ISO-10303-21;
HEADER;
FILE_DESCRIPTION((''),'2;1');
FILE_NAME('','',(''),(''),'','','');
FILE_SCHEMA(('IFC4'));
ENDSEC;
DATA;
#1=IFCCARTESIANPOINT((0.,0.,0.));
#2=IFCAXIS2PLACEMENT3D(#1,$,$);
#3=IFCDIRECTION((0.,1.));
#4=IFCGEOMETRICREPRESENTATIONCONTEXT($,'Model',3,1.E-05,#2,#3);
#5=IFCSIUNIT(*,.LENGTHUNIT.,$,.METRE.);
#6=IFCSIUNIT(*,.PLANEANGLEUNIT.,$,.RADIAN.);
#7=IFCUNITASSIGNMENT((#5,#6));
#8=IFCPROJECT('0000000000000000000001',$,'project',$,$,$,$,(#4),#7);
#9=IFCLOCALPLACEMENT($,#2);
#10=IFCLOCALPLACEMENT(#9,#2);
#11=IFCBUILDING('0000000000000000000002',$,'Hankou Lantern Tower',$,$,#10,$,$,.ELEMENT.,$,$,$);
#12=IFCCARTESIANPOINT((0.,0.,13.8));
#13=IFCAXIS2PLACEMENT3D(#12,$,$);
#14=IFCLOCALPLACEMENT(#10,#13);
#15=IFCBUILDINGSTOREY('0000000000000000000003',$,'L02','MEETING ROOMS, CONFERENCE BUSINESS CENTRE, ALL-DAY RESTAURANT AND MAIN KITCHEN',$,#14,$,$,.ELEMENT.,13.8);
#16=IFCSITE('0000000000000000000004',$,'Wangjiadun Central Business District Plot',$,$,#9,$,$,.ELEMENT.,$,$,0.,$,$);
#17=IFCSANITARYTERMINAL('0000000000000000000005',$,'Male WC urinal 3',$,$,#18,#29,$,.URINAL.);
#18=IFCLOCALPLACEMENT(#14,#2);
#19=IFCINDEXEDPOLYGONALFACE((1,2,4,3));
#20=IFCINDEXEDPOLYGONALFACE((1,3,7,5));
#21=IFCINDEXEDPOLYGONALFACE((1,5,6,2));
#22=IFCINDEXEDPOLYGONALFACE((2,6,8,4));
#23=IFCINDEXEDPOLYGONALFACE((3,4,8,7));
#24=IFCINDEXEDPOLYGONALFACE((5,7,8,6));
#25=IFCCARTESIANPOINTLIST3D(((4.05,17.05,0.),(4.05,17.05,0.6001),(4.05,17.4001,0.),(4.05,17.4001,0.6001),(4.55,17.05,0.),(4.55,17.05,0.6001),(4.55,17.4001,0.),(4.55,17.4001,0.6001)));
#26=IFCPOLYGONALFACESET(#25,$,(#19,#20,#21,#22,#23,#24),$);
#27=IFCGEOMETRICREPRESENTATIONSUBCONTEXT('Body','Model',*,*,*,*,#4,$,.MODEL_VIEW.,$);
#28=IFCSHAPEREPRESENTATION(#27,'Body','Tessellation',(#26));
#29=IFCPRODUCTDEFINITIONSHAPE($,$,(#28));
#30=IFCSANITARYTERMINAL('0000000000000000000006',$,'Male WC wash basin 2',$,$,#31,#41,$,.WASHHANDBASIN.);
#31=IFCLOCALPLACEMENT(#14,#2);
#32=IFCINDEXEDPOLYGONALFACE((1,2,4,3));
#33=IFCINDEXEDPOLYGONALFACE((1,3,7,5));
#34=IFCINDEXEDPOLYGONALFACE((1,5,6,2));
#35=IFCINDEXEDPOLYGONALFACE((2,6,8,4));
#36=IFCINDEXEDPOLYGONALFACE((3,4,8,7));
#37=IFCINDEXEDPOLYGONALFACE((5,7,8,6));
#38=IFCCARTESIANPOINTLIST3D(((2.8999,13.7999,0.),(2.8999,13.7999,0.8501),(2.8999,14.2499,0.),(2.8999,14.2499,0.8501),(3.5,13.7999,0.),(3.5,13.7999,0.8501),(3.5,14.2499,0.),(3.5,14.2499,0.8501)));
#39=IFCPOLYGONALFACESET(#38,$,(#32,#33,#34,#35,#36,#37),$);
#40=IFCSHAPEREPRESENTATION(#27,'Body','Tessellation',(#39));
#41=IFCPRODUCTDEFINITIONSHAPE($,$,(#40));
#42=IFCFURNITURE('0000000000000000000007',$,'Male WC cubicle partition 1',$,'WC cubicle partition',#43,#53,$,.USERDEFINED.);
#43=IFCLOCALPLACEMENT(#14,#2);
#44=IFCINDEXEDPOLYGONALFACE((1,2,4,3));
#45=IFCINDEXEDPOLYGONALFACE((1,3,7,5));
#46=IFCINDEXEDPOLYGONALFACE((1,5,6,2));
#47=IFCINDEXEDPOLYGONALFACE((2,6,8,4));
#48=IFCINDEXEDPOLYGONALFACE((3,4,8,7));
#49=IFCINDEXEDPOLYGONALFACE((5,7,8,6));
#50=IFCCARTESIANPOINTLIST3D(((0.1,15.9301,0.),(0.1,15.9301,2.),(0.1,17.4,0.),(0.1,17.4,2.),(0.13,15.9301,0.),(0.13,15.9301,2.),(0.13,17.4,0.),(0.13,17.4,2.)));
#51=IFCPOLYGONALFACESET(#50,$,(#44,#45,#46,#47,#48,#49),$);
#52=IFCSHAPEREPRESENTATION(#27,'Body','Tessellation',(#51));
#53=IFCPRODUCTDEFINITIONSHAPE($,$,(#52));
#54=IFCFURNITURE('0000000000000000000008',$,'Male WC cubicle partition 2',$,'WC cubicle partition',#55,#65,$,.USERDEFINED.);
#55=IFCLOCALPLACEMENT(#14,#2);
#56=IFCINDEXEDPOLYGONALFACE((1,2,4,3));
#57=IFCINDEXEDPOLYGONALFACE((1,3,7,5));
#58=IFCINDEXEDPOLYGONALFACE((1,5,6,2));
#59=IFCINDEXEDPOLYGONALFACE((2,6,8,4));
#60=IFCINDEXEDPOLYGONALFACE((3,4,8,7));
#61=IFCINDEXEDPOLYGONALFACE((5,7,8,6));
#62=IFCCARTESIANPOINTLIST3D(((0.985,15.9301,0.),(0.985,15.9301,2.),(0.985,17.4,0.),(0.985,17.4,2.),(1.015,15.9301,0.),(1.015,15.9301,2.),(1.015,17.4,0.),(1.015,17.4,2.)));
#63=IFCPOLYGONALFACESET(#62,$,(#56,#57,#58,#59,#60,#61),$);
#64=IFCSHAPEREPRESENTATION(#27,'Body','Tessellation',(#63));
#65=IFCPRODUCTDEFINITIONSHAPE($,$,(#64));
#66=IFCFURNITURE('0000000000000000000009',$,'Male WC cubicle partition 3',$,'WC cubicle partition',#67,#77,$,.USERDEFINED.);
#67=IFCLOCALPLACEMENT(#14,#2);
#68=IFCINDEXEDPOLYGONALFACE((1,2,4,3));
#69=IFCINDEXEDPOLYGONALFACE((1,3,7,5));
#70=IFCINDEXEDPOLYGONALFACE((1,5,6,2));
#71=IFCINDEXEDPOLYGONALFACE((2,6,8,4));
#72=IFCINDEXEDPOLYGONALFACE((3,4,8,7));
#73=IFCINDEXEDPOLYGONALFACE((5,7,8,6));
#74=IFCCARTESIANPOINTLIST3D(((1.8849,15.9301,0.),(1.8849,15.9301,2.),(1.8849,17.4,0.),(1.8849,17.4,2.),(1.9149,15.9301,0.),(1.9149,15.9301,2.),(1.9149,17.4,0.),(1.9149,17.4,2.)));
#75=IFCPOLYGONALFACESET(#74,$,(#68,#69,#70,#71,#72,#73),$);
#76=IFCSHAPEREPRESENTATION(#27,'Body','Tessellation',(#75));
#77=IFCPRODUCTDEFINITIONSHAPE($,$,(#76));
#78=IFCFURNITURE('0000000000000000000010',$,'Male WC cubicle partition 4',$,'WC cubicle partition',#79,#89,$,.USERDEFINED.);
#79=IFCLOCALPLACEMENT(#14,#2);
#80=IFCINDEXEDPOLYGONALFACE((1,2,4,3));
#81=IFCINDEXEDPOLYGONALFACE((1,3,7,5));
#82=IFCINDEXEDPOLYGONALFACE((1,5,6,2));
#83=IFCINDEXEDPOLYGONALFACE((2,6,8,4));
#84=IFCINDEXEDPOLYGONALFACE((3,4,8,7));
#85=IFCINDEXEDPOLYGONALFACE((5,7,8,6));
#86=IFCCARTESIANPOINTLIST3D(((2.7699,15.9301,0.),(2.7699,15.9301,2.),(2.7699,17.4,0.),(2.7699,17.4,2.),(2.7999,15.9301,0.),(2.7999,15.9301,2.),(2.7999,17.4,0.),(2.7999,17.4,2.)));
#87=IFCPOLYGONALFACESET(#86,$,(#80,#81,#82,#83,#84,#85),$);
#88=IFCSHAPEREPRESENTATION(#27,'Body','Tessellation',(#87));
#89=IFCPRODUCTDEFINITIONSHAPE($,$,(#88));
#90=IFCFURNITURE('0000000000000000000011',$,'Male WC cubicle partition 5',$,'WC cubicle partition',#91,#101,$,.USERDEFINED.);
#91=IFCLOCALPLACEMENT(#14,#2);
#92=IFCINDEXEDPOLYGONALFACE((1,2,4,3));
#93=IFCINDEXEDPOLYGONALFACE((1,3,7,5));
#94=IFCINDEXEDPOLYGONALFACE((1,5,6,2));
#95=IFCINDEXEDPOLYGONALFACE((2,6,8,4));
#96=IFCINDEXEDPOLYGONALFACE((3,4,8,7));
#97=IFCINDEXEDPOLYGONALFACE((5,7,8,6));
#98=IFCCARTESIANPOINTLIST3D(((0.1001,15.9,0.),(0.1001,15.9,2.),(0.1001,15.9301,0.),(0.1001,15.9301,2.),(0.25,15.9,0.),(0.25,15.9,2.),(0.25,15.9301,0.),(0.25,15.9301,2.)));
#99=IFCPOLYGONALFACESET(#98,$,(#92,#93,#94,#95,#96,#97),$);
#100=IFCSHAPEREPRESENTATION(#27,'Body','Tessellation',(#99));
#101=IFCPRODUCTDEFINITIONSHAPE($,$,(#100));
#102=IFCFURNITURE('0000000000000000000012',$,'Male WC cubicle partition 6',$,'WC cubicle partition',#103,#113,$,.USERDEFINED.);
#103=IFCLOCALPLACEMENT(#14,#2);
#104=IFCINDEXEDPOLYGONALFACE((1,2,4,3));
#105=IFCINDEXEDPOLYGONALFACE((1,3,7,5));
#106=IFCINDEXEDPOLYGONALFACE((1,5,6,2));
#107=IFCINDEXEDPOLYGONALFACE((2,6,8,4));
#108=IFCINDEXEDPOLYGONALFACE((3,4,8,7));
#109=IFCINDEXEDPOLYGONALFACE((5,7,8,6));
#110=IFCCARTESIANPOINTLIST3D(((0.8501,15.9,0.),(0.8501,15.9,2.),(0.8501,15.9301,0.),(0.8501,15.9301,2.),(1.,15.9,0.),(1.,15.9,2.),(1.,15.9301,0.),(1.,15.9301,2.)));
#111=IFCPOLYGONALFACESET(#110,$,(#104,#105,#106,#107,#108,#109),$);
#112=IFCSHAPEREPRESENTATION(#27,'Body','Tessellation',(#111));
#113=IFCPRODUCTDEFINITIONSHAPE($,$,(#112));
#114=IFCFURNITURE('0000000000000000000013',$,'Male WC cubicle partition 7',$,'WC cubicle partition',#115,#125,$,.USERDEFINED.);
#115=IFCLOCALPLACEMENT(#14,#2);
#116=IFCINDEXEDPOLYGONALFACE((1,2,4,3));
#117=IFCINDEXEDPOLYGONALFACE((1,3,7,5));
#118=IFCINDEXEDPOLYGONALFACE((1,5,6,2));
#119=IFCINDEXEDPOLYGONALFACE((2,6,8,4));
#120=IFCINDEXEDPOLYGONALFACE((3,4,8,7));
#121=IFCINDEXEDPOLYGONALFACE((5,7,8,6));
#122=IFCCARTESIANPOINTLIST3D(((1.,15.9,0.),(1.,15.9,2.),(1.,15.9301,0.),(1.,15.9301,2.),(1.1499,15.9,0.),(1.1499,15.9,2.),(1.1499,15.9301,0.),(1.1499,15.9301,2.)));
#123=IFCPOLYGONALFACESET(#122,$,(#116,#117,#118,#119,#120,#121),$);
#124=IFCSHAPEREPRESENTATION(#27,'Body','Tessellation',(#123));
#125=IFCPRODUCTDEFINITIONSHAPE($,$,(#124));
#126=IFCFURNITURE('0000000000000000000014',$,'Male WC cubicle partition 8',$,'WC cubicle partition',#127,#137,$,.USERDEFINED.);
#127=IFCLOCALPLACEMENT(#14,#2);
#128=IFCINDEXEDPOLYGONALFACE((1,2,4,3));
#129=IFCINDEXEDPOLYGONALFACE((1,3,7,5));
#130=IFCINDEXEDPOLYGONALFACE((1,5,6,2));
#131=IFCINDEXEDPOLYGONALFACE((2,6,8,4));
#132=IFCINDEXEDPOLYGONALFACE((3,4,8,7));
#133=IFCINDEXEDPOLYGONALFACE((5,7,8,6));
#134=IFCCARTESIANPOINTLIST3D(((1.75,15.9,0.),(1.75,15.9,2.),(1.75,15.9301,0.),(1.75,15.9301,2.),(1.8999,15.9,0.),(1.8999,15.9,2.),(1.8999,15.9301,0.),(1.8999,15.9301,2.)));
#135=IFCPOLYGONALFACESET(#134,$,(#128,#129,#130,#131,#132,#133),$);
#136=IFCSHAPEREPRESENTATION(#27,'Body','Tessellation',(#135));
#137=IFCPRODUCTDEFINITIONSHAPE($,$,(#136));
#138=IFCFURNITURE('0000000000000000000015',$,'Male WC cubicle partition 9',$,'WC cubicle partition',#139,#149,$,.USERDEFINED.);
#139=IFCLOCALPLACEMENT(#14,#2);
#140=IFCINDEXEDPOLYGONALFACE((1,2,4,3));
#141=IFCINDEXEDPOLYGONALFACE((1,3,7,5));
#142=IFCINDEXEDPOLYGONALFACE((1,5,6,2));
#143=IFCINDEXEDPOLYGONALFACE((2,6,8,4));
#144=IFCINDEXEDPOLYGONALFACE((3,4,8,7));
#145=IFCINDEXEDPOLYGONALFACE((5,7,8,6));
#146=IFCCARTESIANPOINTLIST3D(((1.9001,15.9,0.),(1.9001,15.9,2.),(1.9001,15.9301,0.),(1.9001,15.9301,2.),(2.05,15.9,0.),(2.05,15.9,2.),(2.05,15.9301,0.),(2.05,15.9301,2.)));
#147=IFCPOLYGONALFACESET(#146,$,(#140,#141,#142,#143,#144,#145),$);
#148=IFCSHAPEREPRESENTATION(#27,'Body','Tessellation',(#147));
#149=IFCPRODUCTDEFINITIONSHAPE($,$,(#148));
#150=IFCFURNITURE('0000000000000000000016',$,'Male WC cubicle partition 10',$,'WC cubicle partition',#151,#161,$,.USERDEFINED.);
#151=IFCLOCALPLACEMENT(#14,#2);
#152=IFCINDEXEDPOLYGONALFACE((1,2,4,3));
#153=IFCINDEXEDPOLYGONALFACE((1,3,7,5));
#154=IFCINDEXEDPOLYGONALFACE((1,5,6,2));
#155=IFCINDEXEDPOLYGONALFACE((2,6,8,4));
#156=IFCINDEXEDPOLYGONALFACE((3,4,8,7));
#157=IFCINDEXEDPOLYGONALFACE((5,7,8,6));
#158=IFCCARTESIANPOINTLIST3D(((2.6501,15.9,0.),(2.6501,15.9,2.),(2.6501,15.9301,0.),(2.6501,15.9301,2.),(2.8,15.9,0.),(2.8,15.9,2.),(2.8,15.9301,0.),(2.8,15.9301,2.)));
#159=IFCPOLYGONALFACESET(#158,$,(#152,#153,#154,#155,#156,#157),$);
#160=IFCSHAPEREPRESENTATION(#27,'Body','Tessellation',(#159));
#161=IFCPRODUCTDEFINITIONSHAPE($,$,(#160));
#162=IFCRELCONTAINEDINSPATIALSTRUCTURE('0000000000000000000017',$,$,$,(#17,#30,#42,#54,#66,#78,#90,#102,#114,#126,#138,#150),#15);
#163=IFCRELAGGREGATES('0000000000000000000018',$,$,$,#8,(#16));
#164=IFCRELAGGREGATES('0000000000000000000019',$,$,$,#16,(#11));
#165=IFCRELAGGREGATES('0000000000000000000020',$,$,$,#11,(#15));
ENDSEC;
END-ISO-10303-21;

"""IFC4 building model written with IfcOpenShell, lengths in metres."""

from ifc_helpers import new_model, si_unit, direction, frame, origin, origin_2d, place, context, subcontext, project, spatial, rectangle, extrude, element, save


model = new_model("IFC4")

# Units and contexts
model_context = context("Model", 3, precision=1e-05, world=origin(), true_north=direction((0.0, 1.0)))
body_context = subcontext(model_context, "Body", "Model", "MODEL_VIEW")
ifc_project = project(units=[si_unit("LENGTHUNIT", "METRE"), si_unit("PLANEANGLEUNIT", "RADIAN")], contexts=[model_context])

# Site, building, storey
site_placement = place(None, origin())
site = spatial("IfcSite", under=ifc_project, at=site_placement, Name="Wangjiadun Central Business District Plot", CompositionType="ELEMENT", RefElevation=0.0)
building_placement = place(site_placement, origin())
building = spatial("IfcBuilding", under=site, at=building_placement, Name="Hankou Lantern Tower", CompositionType="ELEMENT")
storey_placement = place(building_placement, frame((0.0, 0.0, 13.8)))
storey = spatial("IfcBuildingStorey", under=building, at=storey_placement, Name="L02", Description="MEETING ROOMS, CONFERENCE BUSINESS CENTRE, ALL-DAY RESTAURANT AND MAIN KITCHEN", CompositionType="ELEMENT", Elevation=13.8)

# Sanitary terminals
for number, where, z_axis, x_axis, name in (
    (1, (4.3, 17.2251, 0.0), (0.0, 0.0, 1.0), (1.0, 0.0, 0.0), "Male WC urinal 3"),
):
    element("IfcSanitaryTerminal", number, at=place(storey_placement, frame(where, z_axis=z_axis, x_axis=x_axis)), inside=storey, Name=name, PredefinedType="URINAL", context=body_context, shape_type="SweptSolid", body=[
        extrude(rectangle(XDim=0.5, YDim=0.3501, at=origin_2d()), origin(), (0.0, 0.0, 1.0), 0.6001),
    ])
sanitary_terminal_placement = place(storey_placement, frame((3.2, 14.0249, 0.0), z_axis=(0.0, 0.0, 1.0), x_axis=(1.0, 0.0, 0.0)))
element("IfcSanitaryTerminal", 2, at=sanitary_terminal_placement, inside=storey, Name="Male WC wash basin 2", PredefinedType="WASHHANDBASIN", context=body_context, shape_type="SweptSolid", body=[
    extrude(rectangle(XDim=0.6001, YDim=0.45, at=origin_2d()), origin(), (0.0, 0.0, 1.0), 0.8501),
])

# Furniture
for number, where, z_axis, x_axis, name in (
    (3, (0.115, 16.665, 0.0), (0.0, 0.0, 1.0), (1.0, 0.0, 0.0), "Male WC cubicle partition 1"),
    (4, (1.0, 16.665, 0.0), (0.0, 0.0, 1.0), (1.0, 0.0, 0.0), "Male WC cubicle partition 2"),
    (5, (1.8999, 16.665, 0.0), (0.0, 0.0, 1.0), (1.0, 0.0, 0.0), "Male WC cubicle partition 3"),
    (6, (2.7849, 16.665, 0.0), (0.0, 0.0, 1.0), (1.0, 0.0, 0.0), "Male WC cubicle partition 4"),
):
    element("IfcFurniture", number, at=place(storey_placement, frame(where, z_axis=z_axis, x_axis=x_axis)), inside=storey, Name=name, ObjectType="WC cubicle partition", PredefinedType="USERDEFINED", context=body_context, shape_type="SweptSolid", body=[
        extrude(rectangle(XDim=0.03, YDim=1.47, at=origin_2d()), origin(), (0.0, 0.0, 1.0), 2.0),
    ])
for number, where, z_axis, x_axis, name in (
    (7, (0.175, 15.915, 0.0), (0.0, 0.0, 1.0), (1.0, 0.0, 0.0), "Male WC cubicle partition 5"),
    (8, (0.925, 15.915, 0.0), (0.0, 0.0, 1.0), (1.0, 0.0, 0.0), "Male WC cubicle partition 6"),
    (9, (1.075, 15.915, 0.0), (0.0, 0.0, 1.0), (1.0, 0.0, 0.0), "Male WC cubicle partition 7"),
    (10, (1.825, 15.915, 0.0), (0.0, 0.0, 1.0), (1.0, 0.0, 0.0), "Male WC cubicle partition 8"),
    (11, (1.9751, 15.915, 0.0), (0.0, 0.0, 1.0), (1.0, 0.0, 0.0), "Male WC cubicle partition 9"),
    (12, (2.7251, 15.915, 0.0), (0.0, 0.0, 1.0), (1.0, 0.0, 0.0), "Male WC cubicle partition 10"),
):
    element("IfcFurniture", number, at=place(storey_placement, frame(where, z_axis=z_axis, x_axis=x_axis)), inside=storey, Name=name, ObjectType="WC cubicle partition", PredefinedType="USERDEFINED", context=body_context, shape_type="SweptSolid", body=[
        extrude(rectangle(XDim=0.1499, YDim=0.03, at=origin_2d()), origin(), (0.0, 0.0, 1.0), 2.0),
    ])

save(model, "model.ifc")
